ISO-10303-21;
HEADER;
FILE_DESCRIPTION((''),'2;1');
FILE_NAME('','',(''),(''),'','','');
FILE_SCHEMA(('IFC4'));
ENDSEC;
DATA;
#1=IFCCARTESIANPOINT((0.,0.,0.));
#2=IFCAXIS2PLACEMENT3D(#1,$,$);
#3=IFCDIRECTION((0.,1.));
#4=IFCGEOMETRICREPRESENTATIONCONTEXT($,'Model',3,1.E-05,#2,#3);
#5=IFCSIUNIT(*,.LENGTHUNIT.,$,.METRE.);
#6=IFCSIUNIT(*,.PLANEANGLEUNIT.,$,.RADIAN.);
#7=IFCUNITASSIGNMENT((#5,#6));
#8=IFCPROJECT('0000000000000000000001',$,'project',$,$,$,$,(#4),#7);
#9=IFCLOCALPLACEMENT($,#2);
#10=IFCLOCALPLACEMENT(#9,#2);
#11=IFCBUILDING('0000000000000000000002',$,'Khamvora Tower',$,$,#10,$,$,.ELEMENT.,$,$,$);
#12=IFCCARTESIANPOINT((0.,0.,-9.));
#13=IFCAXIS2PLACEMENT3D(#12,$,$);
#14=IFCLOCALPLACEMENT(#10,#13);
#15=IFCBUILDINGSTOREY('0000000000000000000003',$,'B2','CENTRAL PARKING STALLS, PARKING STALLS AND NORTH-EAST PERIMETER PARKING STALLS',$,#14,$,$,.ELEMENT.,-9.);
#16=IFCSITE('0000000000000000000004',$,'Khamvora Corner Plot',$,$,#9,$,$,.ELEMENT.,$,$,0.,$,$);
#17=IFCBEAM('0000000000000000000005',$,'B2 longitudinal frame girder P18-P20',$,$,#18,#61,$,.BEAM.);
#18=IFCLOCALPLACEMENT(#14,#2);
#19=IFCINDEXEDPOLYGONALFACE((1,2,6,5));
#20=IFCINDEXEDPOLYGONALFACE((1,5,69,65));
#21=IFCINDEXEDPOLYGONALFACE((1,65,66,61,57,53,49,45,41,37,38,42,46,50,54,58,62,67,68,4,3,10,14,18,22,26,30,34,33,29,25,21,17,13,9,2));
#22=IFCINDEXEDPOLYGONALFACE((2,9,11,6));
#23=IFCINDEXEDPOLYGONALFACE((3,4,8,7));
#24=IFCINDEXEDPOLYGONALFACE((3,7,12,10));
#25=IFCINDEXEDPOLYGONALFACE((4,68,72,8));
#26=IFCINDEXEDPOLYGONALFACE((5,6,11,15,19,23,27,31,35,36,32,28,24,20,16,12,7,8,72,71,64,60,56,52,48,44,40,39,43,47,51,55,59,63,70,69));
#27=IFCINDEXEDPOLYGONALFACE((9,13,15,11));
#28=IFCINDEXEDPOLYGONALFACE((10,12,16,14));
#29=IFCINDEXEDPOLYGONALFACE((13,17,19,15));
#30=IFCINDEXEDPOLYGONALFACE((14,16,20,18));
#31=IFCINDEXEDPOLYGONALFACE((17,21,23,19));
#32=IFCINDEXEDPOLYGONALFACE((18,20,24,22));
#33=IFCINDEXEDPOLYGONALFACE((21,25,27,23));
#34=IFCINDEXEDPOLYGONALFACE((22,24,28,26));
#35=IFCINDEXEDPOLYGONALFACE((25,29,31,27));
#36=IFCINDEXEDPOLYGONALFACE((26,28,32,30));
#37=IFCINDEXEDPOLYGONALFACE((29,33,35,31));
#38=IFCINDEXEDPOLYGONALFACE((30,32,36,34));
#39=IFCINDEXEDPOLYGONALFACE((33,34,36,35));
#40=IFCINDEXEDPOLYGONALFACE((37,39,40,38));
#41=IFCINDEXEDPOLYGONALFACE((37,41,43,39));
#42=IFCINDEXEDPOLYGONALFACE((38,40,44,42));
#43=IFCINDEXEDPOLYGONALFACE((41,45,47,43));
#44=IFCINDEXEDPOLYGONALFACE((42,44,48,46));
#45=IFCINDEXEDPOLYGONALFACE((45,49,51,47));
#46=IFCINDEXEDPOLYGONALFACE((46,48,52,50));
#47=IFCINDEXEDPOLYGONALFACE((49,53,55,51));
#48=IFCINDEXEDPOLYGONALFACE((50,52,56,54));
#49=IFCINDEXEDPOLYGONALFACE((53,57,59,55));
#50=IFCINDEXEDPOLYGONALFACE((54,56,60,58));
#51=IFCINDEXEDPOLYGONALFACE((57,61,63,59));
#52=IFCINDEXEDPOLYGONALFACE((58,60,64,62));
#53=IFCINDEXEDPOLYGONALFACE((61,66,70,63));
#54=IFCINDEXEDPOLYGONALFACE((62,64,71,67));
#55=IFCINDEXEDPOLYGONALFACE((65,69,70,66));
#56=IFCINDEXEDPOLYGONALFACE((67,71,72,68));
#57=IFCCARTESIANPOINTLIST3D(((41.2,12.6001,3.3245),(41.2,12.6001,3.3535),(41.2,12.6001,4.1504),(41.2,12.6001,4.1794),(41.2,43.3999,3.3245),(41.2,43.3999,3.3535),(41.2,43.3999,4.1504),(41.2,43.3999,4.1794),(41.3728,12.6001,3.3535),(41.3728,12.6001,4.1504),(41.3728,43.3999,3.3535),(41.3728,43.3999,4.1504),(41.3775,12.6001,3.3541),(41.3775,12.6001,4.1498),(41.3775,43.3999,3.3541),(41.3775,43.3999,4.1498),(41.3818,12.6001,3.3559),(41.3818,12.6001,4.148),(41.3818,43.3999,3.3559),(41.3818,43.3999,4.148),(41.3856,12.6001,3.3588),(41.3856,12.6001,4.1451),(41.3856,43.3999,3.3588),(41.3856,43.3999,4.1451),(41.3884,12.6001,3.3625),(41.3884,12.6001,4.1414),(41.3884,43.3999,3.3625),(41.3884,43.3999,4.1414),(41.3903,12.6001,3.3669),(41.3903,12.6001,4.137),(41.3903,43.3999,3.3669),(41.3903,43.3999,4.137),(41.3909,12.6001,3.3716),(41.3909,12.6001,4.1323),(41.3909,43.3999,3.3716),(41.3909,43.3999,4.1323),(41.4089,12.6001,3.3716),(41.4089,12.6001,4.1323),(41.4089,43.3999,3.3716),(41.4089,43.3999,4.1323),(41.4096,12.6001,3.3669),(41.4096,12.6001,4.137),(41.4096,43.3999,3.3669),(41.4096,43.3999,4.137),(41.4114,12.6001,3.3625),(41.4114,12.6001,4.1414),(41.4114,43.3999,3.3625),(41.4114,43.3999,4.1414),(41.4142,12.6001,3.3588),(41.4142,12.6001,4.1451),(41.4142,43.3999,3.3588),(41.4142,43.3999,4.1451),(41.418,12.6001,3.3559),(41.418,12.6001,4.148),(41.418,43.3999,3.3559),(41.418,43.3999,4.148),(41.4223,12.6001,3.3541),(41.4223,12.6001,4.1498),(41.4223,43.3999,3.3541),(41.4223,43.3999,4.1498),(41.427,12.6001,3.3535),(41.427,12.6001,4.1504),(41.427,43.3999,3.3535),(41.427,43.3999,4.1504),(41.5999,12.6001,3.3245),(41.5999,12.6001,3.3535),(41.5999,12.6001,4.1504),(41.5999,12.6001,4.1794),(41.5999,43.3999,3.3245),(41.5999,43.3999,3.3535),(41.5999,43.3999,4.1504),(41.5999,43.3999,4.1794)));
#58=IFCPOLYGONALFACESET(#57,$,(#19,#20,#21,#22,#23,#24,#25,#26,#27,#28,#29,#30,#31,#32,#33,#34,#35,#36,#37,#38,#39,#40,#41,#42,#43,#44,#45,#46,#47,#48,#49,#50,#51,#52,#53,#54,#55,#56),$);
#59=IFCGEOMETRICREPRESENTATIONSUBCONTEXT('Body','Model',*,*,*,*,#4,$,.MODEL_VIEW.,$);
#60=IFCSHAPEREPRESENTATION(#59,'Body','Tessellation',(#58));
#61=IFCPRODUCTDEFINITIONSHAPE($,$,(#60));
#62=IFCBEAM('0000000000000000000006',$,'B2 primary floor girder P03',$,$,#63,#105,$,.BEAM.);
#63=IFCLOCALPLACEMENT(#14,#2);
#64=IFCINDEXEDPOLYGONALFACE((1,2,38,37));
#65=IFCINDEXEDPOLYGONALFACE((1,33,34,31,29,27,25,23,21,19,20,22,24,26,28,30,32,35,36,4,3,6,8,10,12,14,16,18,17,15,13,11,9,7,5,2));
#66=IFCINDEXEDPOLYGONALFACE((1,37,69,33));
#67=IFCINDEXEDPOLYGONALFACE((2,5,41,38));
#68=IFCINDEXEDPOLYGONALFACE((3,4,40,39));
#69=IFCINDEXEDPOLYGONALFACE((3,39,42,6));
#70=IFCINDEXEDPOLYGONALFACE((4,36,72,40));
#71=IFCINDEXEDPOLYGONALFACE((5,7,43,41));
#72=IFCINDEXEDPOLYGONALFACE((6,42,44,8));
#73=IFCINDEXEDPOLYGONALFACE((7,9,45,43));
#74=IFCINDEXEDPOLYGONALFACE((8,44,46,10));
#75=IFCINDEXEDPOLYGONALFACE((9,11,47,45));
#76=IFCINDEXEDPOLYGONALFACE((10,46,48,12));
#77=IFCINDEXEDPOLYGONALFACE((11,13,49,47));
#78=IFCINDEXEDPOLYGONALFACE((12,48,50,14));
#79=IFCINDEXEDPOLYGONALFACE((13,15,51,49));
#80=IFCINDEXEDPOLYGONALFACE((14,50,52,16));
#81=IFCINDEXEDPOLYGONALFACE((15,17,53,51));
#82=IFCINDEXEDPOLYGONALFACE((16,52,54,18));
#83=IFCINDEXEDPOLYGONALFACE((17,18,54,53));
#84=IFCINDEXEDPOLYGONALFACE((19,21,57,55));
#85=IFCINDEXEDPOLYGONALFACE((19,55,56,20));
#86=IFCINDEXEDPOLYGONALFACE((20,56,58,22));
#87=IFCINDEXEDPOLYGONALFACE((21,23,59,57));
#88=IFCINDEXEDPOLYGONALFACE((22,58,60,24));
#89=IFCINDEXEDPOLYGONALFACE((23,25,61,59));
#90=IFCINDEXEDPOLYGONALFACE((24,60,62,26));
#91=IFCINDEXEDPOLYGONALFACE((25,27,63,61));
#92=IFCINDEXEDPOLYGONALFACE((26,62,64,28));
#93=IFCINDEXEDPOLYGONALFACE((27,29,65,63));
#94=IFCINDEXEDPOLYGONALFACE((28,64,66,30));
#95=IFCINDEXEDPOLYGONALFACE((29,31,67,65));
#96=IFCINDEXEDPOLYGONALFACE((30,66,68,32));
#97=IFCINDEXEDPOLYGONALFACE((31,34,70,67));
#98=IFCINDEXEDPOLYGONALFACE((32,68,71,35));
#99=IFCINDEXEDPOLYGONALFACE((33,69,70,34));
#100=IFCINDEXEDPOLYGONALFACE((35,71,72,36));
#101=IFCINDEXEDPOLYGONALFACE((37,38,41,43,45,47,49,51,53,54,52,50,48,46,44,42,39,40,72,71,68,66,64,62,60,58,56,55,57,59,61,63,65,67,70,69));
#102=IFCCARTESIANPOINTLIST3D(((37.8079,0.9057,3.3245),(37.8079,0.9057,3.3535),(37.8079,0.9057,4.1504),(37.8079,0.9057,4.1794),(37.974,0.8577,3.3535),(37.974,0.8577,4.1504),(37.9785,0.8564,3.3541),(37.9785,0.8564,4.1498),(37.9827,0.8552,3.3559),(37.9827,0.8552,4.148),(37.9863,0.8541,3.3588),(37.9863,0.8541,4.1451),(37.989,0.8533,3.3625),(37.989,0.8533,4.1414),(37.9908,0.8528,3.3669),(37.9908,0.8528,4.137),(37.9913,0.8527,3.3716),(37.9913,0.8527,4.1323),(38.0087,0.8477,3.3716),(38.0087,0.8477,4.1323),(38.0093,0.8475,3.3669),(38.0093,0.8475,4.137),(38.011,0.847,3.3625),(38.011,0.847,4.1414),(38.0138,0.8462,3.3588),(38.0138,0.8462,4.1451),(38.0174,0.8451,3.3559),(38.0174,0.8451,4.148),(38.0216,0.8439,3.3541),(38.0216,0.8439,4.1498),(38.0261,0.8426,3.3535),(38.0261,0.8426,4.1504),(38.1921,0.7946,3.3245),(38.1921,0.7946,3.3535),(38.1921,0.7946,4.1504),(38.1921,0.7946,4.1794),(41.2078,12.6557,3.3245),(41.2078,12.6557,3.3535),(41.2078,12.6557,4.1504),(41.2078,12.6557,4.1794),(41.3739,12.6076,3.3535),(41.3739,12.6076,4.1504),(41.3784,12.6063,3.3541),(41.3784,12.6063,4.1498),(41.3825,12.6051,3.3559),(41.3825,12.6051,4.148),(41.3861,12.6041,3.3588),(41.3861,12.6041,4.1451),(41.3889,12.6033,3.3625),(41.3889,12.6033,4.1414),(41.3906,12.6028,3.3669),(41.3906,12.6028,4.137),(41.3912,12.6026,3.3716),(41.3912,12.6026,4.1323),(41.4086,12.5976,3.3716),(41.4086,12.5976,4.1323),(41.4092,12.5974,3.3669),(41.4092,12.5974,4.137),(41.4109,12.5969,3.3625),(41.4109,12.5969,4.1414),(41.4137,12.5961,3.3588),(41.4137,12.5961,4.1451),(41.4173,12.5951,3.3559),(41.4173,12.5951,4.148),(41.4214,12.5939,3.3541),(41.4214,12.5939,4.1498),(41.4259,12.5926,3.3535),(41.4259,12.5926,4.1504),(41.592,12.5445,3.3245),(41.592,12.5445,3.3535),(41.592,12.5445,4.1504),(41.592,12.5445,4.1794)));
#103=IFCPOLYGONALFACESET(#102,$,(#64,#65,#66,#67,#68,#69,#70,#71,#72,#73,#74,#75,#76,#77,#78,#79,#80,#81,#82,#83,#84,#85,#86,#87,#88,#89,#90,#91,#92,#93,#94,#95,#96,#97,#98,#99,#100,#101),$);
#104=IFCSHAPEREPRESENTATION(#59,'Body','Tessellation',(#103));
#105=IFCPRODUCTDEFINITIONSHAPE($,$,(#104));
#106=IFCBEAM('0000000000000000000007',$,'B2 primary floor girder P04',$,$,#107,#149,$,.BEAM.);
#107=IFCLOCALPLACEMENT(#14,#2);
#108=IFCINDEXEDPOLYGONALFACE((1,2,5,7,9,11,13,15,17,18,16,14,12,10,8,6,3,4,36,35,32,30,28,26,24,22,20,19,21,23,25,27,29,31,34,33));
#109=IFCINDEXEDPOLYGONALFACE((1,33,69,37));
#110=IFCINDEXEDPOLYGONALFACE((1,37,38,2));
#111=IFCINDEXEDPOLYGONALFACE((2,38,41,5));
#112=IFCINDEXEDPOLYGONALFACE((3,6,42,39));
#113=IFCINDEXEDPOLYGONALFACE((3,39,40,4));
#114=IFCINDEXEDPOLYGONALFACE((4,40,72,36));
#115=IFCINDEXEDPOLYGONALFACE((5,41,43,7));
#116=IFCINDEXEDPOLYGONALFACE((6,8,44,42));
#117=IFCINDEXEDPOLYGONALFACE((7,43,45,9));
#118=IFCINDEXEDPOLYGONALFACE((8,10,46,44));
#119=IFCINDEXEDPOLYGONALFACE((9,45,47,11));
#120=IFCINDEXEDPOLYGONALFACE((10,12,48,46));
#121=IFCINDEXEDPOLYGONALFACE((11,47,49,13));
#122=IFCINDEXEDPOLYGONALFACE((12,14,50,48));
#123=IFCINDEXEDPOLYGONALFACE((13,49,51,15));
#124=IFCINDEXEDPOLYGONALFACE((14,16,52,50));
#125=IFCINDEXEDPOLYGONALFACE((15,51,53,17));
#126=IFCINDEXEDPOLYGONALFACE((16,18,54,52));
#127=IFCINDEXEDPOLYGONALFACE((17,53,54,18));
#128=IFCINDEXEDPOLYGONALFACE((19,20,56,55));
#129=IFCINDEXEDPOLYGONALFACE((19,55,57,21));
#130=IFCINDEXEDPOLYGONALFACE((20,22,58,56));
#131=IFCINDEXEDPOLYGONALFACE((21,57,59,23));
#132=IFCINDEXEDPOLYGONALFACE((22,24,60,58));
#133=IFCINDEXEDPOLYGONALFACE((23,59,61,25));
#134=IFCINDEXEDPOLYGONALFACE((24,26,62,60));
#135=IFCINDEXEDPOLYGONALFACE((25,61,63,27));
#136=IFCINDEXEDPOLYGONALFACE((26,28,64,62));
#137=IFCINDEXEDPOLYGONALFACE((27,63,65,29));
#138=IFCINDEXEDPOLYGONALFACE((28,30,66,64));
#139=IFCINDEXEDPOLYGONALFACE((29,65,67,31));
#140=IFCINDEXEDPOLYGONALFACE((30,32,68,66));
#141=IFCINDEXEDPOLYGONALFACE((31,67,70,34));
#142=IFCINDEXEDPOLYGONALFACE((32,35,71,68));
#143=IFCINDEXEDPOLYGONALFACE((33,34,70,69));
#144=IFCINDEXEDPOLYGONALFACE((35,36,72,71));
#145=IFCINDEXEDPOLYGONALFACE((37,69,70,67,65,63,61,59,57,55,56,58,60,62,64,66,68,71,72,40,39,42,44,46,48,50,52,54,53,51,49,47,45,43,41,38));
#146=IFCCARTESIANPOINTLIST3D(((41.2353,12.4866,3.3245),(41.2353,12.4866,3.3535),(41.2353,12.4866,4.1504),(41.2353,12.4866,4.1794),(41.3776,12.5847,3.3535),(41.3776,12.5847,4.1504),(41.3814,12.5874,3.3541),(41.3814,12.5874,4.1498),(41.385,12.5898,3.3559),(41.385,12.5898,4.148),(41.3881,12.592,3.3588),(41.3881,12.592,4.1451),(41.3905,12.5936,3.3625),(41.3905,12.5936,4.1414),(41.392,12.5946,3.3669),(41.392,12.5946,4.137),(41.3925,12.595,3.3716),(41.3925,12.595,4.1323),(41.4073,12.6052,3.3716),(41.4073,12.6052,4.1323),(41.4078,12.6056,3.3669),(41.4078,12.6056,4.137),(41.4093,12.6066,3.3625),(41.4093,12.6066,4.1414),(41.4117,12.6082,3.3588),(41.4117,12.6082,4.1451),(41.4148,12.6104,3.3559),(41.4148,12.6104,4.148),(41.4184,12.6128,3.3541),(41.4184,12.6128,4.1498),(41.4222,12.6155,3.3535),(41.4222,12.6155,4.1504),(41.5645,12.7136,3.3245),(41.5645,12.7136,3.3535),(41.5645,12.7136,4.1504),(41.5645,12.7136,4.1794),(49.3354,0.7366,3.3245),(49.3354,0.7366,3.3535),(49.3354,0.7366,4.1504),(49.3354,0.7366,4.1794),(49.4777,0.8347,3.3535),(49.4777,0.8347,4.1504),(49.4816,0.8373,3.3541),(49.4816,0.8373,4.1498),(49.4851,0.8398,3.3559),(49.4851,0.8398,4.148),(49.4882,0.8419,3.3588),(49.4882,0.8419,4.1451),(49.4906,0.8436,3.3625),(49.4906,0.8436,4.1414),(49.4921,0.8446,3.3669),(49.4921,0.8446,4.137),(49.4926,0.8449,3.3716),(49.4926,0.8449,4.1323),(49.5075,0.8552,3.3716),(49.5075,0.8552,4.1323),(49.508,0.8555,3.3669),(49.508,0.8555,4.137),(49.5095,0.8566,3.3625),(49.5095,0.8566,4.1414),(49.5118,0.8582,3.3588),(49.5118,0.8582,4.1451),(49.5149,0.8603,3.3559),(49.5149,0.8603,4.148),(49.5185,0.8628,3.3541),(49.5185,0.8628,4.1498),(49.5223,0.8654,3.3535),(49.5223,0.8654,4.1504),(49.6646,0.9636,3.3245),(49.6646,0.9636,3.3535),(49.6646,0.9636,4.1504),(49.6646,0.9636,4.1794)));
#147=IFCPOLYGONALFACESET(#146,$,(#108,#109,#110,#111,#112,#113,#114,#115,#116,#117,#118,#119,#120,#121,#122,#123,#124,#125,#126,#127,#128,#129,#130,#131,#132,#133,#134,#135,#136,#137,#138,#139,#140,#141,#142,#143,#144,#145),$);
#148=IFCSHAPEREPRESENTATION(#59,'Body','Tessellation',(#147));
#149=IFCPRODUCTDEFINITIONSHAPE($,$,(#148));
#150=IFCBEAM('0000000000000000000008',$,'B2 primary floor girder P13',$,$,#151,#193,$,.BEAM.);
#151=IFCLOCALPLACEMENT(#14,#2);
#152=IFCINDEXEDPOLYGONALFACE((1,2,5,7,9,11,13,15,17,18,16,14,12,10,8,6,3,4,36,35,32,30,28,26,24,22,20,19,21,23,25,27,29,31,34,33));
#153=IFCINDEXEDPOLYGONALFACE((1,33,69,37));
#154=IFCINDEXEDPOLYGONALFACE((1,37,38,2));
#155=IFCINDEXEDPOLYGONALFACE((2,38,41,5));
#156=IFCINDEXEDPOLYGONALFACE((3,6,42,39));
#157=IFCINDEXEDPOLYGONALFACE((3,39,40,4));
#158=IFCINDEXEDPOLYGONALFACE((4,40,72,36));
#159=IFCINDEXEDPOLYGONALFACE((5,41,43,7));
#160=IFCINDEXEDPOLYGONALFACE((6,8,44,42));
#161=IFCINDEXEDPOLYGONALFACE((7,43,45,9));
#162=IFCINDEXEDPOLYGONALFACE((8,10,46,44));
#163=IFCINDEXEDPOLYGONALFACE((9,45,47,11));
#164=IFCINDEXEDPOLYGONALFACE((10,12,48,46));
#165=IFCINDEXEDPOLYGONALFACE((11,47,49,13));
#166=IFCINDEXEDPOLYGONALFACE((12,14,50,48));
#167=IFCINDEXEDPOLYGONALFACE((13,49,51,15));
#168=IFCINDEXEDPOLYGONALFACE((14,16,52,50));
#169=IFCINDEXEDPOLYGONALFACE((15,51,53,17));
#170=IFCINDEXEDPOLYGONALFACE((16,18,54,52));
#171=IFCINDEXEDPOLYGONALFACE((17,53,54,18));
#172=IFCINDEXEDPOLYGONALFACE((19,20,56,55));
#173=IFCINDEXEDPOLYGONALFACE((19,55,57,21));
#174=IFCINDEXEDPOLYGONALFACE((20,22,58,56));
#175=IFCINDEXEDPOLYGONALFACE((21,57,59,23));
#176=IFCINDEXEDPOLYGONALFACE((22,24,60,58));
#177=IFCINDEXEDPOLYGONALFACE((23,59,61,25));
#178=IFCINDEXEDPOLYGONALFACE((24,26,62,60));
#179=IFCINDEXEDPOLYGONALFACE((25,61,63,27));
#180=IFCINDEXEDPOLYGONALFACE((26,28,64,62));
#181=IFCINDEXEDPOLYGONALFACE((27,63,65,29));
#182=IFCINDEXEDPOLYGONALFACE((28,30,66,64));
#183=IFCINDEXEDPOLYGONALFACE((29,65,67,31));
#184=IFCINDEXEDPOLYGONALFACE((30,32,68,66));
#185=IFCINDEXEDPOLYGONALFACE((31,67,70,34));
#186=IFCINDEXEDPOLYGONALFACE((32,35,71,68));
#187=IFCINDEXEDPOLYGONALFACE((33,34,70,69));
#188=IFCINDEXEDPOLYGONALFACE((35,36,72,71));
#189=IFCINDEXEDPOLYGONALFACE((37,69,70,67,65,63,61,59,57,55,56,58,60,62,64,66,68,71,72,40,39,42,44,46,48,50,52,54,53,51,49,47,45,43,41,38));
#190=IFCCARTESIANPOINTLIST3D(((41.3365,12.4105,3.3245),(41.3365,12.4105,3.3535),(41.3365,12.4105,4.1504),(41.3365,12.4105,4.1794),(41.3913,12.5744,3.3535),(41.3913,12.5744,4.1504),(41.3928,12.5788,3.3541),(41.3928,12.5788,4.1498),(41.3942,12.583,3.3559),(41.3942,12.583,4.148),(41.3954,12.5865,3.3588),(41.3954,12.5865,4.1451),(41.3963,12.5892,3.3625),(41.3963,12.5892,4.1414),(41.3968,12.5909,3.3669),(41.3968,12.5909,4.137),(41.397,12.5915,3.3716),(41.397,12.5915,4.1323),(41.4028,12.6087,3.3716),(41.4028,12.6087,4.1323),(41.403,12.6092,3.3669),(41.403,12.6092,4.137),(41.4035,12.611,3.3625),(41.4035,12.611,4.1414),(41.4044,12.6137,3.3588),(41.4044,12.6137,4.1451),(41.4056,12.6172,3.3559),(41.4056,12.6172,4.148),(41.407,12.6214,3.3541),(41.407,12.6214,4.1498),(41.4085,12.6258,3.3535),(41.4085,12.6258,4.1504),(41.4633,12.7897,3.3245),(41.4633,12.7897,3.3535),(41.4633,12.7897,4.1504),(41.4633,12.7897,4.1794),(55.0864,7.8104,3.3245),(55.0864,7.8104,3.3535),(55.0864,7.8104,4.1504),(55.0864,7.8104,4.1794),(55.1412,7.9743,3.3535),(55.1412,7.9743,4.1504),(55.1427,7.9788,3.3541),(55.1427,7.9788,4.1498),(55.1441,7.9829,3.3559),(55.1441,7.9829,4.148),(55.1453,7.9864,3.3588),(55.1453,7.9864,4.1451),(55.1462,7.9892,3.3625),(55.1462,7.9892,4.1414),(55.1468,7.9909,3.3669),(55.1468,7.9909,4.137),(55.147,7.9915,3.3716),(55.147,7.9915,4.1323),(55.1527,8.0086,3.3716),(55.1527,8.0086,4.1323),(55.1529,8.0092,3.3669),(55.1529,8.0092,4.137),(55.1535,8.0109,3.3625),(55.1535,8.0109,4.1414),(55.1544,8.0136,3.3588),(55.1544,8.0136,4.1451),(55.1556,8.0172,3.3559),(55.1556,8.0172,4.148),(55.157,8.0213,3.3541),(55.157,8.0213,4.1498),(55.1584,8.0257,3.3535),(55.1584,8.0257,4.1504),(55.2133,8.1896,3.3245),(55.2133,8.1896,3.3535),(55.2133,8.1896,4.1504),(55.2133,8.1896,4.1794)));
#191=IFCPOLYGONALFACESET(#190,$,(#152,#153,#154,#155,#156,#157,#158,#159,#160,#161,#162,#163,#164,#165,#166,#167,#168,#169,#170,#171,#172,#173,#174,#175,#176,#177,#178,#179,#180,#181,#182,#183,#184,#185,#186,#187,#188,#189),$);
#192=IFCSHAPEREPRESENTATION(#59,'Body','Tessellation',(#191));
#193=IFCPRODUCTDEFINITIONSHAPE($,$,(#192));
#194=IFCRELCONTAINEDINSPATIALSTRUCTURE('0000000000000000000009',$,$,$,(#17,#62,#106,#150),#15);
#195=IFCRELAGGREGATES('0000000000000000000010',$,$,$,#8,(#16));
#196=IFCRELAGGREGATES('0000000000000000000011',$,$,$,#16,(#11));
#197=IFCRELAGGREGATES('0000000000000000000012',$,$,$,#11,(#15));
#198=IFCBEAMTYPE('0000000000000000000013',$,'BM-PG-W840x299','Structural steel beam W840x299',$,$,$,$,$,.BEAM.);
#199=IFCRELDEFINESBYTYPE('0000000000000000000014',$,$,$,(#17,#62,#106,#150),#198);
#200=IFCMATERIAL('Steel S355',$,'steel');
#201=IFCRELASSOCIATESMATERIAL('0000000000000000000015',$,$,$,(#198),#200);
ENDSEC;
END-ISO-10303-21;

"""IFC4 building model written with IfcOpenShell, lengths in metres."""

from ifc_helpers import new_model, si_unit, direction, frame, origin, origin_2d, place, context, subcontext, project, spatial, i_section, extrude, material, material_profile, profile_set, type_object, element, save


model = new_model("IFC4")

# Units and contexts
model_context = context("Model", 3, precision=1e-05, world=origin(), true_north=direction((0.0, 1.0)))
body_context = subcontext(model_context, "Body", "Model", "MODEL_VIEW")
ifc_project = project(units=[si_unit("LENGTHUNIT", "METRE"), si_unit("PLANEANGLEUNIT", "RADIAN")], contexts=[model_context])

# Site, building, storey
site_placement = place(None, origin())
site = spatial("IfcSite", under=ifc_project, at=site_placement, Name="Khamvora Corner Plot", CompositionType="ELEMENT", RefElevation=0.0)
building_placement = place(site_placement, origin())
building = spatial("IfcBuilding", under=site, at=building_placement, Name="Khamvora Tower", CompositionType="ELEMENT")
storey_placement = place(building_placement, frame((0.0, 0.0, -9.0)))
storey = spatial("IfcBuildingStorey", under=building, at=storey_placement, Name="B2", Description="CENTRAL PARKING STALLS, PARKING STALLS AND NORTH-EAST PERIMETER PARKING STALLS", CompositionType="ELEMENT", Elevation=-9.0)

# Beams
ifc_material_1 = material(Name="Steel S355", Category="steel")
ifc_material_profile_1 = material_profile(ifc_material_1, i_section(OverallWidth=0.3999, OverallDepth=0.855, WebThickness=0.0181, FlangeThickness=0.0291, FilletRadius=0.0181, at=origin_2d()), Name="W840x299")
ifc_profile_set_1 = profile_set([ifc_material_profile_1], Name="Steel S355")
beam_type_1 = type_object("IfcBeamType", Name="BM-PG-W840x299", Description="Structural steel beam W840x299", PredefinedType="BEAM", material=ifc_profile_set_1)
beam_1_placement = place(storey_placement, frame((41.3999, 12.6001, 3.752), z_axis=(0.0, 1.0, 0.0), x_axis=(-1.0, 0.0, 0.0)))
element("IfcBeam", 1, at=beam_1_placement, inside=storey, type_object=beam_type_1, Name="B2 longitudinal frame girder P18-P20", PredefinedType="BEAM", context=body_context, shape_type="SweptSolid", body=[
    extrude(i_section(OverallWidth=0.3999, OverallDepth=0.855, WebThickness=0.0181, FlangeThickness=0.0291, FilletRadius=0.0181, at=origin_2d()), origin(), (0.0, 0.0, 1.0), 30.7998),
])
beam_2_placement = place(storey_placement, frame((41.3999, 12.6001, 3.752), z_axis=(-0.277951, -0.960595, 0.0), x_axis=(0.960595, -0.277951, 0.0)))
element("IfcBeam", 2, at=beam_2_placement, inside=storey, type_object=beam_type_1, Name="B2 primary floor girder P03", PredefinedType="BEAM", context=body_context, shape_type="SweptSolid", body=[
    extrude(i_section(OverallWidth=0.3999, OverallDepth=0.855, WebThickness=0.0181, FlangeThickness=0.0291, FilletRadius=0.0181, at=origin_2d()), origin(), (0.0, 0.0, 1.0), 12.2319),
])
beam_3_placement = place(storey_placement, frame((41.3999, 12.6001, 3.752), z_axis=(0.567574, -0.823322, 0.0), x_axis=(0.823322, 0.567574, 0.0)))
element("IfcBeam", 3, at=beam_3_placement, inside=storey, type_object=beam_type_1, Name="B2 primary floor girder P04", PredefinedType="BEAM", context=body_context, shape_type="SweptSolid", body=[
    extrude(i_section(OverallWidth=0.3999, OverallDepth=0.855, WebThickness=0.0181, FlangeThickness=0.0291, FilletRadius=0.0181, at=origin_2d()), origin(), (0.0, 0.0, 1.0), 14.2715),
])
beam_4_placement = place(storey_placement, frame((41.3999, 12.6001, 3.752), z_axis=(0.948336, -0.317268, 0.0), x_axis=(0.317268, 0.948336, 0.0)))
element("IfcBeam", 4, at=beam_4_placement, inside=storey, type_object=beam_type_1, Name="B2 primary floor girder P13", PredefinedType="BEAM", context=body_context, shape_type="SweptSolid", body=[
    extrude(i_section(OverallWidth=0.3999, OverallDepth=0.855, WebThickness=0.0181, FlangeThickness=0.0291, FilletRadius=0.0181, at=origin_2d()), origin(), (0.0, 0.0, 1.0), 14.499),
])

save(model, "model.ifc")
